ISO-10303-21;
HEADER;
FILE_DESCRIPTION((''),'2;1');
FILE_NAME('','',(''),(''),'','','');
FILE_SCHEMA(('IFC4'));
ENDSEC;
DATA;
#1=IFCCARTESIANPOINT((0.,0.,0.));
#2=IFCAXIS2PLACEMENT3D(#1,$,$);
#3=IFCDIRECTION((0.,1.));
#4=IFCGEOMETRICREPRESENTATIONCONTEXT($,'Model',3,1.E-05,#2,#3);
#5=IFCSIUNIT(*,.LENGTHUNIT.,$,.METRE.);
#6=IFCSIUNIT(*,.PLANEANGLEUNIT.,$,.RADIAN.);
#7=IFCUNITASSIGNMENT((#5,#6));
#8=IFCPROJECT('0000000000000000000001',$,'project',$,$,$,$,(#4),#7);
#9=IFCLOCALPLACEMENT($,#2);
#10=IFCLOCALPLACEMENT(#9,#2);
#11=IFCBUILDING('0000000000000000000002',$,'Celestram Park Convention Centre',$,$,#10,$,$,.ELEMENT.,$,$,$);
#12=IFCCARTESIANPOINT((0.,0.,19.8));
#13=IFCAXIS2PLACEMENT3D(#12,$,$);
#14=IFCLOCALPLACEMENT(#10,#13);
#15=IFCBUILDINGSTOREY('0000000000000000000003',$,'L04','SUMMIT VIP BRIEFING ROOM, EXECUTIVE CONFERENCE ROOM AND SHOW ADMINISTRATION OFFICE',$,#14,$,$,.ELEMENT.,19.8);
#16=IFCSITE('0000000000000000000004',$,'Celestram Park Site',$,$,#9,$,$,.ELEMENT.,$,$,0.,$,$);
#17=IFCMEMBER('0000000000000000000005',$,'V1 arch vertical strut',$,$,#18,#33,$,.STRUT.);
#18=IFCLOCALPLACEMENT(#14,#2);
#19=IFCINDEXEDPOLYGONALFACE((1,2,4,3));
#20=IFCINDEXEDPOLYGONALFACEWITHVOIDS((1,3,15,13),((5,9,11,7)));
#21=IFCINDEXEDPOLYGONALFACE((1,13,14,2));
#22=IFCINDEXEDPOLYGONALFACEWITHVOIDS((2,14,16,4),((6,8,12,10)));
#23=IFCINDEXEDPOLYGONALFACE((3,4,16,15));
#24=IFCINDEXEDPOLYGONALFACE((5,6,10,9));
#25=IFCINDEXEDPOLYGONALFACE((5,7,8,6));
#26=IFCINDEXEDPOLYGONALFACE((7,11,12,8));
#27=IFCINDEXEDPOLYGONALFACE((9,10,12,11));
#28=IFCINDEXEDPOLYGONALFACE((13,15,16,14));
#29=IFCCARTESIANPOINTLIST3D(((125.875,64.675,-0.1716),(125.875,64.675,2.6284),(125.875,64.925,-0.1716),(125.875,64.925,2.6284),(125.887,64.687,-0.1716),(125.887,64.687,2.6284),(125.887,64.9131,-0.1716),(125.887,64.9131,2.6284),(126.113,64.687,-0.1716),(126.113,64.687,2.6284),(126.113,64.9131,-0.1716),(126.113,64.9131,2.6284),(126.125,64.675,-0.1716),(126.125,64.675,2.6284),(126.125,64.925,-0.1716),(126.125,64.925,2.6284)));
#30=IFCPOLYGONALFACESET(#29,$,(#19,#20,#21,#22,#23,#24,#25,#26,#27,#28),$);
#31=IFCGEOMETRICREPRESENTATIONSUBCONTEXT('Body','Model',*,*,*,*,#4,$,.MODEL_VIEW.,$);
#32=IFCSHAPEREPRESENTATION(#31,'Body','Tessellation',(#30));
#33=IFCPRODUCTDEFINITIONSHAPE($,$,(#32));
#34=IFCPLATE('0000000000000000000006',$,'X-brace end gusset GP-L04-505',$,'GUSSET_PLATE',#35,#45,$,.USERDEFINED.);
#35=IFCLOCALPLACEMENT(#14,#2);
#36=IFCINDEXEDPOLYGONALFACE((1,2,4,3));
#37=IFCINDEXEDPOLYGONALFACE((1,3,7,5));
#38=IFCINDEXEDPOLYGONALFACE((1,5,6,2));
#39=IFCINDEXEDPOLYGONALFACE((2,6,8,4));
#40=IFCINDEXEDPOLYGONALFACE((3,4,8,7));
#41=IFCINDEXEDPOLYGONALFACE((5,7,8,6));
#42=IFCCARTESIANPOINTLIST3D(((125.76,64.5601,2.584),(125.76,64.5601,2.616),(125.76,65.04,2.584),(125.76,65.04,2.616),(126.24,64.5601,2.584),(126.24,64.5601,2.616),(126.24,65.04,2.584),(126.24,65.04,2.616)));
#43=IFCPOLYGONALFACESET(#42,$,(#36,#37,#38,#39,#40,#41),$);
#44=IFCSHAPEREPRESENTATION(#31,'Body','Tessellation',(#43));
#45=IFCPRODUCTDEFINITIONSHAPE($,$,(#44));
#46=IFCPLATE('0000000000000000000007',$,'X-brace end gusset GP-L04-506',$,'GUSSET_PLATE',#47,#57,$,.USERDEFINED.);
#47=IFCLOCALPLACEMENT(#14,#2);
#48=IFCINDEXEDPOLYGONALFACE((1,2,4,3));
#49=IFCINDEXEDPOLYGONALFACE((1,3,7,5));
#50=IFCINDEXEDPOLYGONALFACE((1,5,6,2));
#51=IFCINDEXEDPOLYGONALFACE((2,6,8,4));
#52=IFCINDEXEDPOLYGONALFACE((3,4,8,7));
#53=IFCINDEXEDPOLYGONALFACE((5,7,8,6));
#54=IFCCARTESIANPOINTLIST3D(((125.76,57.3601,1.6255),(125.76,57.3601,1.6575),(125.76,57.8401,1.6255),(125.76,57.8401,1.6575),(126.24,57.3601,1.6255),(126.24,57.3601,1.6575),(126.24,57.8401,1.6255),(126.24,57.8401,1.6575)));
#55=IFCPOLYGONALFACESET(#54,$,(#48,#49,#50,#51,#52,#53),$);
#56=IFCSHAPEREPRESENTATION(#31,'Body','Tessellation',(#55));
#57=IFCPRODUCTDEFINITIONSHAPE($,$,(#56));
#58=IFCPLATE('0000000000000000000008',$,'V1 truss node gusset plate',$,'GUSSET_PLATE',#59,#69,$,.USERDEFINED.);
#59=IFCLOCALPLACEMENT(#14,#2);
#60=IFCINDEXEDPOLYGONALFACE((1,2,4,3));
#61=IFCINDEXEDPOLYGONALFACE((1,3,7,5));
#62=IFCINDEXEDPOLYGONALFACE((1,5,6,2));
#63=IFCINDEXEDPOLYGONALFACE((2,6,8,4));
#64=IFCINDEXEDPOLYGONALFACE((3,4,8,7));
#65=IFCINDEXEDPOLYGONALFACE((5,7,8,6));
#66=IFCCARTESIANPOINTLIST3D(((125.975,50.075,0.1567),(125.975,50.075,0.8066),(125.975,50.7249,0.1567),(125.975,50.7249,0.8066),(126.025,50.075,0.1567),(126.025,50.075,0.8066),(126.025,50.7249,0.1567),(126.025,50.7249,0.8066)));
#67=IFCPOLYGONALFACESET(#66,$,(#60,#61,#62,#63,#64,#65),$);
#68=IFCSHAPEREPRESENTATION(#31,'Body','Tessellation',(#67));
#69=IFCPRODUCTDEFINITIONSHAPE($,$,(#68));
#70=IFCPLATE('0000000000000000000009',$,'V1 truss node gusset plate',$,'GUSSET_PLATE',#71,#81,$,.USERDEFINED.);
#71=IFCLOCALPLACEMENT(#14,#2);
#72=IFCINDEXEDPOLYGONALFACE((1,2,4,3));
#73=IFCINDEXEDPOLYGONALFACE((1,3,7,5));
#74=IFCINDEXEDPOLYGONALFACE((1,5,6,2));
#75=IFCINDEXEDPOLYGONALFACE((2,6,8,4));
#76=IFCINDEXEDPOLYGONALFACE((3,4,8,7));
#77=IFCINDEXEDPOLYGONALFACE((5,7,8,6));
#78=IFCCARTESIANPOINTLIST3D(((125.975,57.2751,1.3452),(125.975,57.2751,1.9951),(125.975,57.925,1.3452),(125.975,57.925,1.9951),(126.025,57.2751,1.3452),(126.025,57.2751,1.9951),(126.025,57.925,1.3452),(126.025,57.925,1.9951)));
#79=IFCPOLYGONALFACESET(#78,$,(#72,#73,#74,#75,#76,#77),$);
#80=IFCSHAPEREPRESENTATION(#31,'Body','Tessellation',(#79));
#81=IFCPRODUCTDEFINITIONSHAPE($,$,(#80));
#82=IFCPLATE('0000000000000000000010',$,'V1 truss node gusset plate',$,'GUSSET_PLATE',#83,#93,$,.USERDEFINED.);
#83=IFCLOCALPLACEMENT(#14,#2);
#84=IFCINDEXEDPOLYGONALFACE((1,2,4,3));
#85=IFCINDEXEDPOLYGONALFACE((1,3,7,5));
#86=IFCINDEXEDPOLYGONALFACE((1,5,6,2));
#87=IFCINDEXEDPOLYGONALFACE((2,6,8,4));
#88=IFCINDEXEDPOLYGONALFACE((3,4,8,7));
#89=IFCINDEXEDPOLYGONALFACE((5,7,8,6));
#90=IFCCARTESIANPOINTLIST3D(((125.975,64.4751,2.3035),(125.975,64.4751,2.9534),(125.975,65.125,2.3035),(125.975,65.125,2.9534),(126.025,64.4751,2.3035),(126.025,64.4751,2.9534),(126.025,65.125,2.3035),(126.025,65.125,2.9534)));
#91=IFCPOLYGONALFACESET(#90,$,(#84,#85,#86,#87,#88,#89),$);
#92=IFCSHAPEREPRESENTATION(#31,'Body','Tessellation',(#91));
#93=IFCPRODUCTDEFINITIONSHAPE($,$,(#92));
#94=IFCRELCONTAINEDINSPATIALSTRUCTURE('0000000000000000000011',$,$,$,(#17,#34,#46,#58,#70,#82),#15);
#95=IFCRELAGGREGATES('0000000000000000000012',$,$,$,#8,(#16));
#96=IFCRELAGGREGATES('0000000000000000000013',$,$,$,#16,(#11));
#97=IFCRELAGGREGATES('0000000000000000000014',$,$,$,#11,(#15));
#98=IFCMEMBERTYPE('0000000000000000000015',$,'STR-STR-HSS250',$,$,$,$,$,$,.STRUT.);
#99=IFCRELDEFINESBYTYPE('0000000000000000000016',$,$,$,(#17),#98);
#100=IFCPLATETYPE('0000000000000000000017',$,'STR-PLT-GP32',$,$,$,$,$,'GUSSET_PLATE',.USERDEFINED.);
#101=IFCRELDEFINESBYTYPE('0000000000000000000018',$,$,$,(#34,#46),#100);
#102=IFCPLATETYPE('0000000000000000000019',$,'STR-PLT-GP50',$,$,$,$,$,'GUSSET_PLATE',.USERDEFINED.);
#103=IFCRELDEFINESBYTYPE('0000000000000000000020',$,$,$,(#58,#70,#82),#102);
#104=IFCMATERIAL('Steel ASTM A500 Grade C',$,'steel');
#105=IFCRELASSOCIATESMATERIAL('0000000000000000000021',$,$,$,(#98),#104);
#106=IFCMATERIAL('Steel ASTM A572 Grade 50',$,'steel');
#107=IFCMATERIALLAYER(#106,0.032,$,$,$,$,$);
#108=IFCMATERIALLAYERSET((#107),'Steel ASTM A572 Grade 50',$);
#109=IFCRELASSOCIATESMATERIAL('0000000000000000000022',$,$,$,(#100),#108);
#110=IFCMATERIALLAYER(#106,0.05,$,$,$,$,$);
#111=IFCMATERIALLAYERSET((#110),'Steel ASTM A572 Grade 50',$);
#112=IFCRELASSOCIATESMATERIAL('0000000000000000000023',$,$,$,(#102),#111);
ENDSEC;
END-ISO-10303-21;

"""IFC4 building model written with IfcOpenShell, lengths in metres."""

from ifc_helpers import new_model, si_unit, direction, frame, origin, origin_2d, place, context, subcontext, project, spatial, rectangle, hollow_rectangle, extrude, material, layer, layer_set, material_profile, profile_set, type_object, element, save


model = new_model("IFC4")

# Units and contexts
model_context = context("Model", 3, precision=1e-05, world=origin(), true_north=direction((0.0, 1.0)))
body_context = subcontext(model_context, "Body", "Model", "MODEL_VIEW")
ifc_project = project(units=[si_unit("LENGTHUNIT", "METRE"), si_unit("PLANEANGLEUNIT", "RADIAN")], contexts=[model_context])

# Site, building, storey
site_placement = place(None, origin())
site = spatial("IfcSite", under=ifc_project, at=site_placement, Name="Celestram Park Site", CompositionType="ELEMENT", RefElevation=0.0)
building_placement = place(site_placement, origin())
building = spatial("IfcBuilding", under=site, at=building_placement, Name="Celestram Park Convention Centre", CompositionType="ELEMENT")
storey_placement = place(building_placement, frame((0.0, 0.0, 19.8)))
storey = spatial("IfcBuildingStorey", under=building, at=storey_placement, Name="L04", Description="SUMMIT VIP BRIEFING ROOM, EXECUTIVE CONFERENCE ROOM AND SHOW ADMINISTRATION OFFICE", CompositionType="ELEMENT", Elevation=19.8)

# Shared definitions
ifc_material_1 = material(Name="Steel ASTM A500 Grade C", Category="steel")

# Member
ifc_material_profile_1 = material_profile(ifc_material_1, hollow_rectangle(XDim=0.25, YDim=0.25, WallThickness=0.012, at=origin_2d()), Name="HSS250X250X12")
ifc_profile_set_1 = profile_set([ifc_material_profile_1], Name="Steel ASTM A500 Grade C")
member_type_1 = type_object("IfcMemberType", Name="STR-STR-HSS250", PredefinedType="STRUT", material=ifc_profile_set_1)
for number, where, z_axis, x_axis, name in (
    (1, (126.0, 64.8, -0.1716), (0.0, 0.0, 1.0), (1.0, 0.0, 0.0), "V1 arch vertical strut"),
):
    element("IfcMember", number, at=place(storey_placement, frame(where, z_axis=z_axis, x_axis=x_axis)), inside=storey, type_object=member_type_1, Name=name, PredefinedType="STRUT", context=body_context, shape_type="SweptSolid", body=[
        extrude(hollow_rectangle(XDim=0.25, YDim=0.25, WallThickness=0.012, at=origin_2d()), origin(), (0.0, 0.0, 1.0), 2.8),
    ])

# Plates
ifc_material_2 = material(Name="Steel ASTM A572 Grade 50", Category="steel")
ifc_layer_1 = layer(ifc_material_2, 0.032)
ifc_layer_set_1 = layer_set([ifc_layer_1], Name="Steel ASTM A572 Grade 50")
plate_type_1 = type_object("IfcPlateType", Name="STR-PLT-GP32", ElementType="GUSSET_PLATE", PredefinedType="USERDEFINED", material=ifc_layer_set_1)
for number, where, z_axis, x_axis, name in (
    (2, (126.0, 64.8, 2.584), (0.0, 0.0, 1.0), (1.0, 0.0, 0.0), "X-brace end gusset GP-L04-505"),
    (3, (126.0, 57.6001, 1.6255), (0.0, 0.0, 1.0), (1.0, 0.0, 0.0), "X-brace end gusset GP-L04-506"),
):
    element("IfcPlate", number, at=place(storey_placement, frame(where, z_axis=z_axis, x_axis=x_axis)), inside=storey, type_object=plate_type_1, Name=name, ObjectType="GUSSET_PLATE", PredefinedType="USERDEFINED", context=body_context, shape_type="SweptSolid", body=[
        extrude(rectangle(XDim=0.48, YDim=0.48, at=origin_2d()), origin(), (0.0, 0.0, 1.0), 0.032),
    ])
ifc_layer_2 = layer(ifc_material_2, 0.05)
ifc_layer_set_2 = layer_set([ifc_layer_2], Name="Steel ASTM A572 Grade 50")
plate_type_2 = type_object("IfcPlateType", Name="STR-PLT-GP50", ElementType="GUSSET_PLATE", PredefinedType="USERDEFINED", material=ifc_layer_set_2)
for number, where, z_axis, x_axis, name in (
    (4, (126.0, 50.3999, 0.1567), (0.0, 0.0, 1.0), (0.0, 1.0, 0.0), "V1 truss node gusset plate"),
    (5, (126.0, 57.6001, 1.3452), (0.0, 0.0, 1.0), (0.0, 1.0, 0.0), "V1 truss node gusset plate"),
    (6, (126.0, 64.8, 2.3035), (0.0, 0.0, 1.0), (0.0, 1.0, 0.0), "V1 truss node gusset plate"),
):
    element("IfcPlate", number, at=place(storey_placement, frame(where, z_axis=z_axis, x_axis=x_axis)), inside=storey, type_object=plate_type_2, Name=name, ObjectType="GUSSET_PLATE", PredefinedType="USERDEFINED", context=body_context, shape_type="SweptSolid", body=[
        extrude(rectangle(XDim=0.6499, YDim=0.05, at=origin_2d()), origin(), (0.0, 0.0, 1.0), 0.6499),
    ])

save(model, "model.ifc")
